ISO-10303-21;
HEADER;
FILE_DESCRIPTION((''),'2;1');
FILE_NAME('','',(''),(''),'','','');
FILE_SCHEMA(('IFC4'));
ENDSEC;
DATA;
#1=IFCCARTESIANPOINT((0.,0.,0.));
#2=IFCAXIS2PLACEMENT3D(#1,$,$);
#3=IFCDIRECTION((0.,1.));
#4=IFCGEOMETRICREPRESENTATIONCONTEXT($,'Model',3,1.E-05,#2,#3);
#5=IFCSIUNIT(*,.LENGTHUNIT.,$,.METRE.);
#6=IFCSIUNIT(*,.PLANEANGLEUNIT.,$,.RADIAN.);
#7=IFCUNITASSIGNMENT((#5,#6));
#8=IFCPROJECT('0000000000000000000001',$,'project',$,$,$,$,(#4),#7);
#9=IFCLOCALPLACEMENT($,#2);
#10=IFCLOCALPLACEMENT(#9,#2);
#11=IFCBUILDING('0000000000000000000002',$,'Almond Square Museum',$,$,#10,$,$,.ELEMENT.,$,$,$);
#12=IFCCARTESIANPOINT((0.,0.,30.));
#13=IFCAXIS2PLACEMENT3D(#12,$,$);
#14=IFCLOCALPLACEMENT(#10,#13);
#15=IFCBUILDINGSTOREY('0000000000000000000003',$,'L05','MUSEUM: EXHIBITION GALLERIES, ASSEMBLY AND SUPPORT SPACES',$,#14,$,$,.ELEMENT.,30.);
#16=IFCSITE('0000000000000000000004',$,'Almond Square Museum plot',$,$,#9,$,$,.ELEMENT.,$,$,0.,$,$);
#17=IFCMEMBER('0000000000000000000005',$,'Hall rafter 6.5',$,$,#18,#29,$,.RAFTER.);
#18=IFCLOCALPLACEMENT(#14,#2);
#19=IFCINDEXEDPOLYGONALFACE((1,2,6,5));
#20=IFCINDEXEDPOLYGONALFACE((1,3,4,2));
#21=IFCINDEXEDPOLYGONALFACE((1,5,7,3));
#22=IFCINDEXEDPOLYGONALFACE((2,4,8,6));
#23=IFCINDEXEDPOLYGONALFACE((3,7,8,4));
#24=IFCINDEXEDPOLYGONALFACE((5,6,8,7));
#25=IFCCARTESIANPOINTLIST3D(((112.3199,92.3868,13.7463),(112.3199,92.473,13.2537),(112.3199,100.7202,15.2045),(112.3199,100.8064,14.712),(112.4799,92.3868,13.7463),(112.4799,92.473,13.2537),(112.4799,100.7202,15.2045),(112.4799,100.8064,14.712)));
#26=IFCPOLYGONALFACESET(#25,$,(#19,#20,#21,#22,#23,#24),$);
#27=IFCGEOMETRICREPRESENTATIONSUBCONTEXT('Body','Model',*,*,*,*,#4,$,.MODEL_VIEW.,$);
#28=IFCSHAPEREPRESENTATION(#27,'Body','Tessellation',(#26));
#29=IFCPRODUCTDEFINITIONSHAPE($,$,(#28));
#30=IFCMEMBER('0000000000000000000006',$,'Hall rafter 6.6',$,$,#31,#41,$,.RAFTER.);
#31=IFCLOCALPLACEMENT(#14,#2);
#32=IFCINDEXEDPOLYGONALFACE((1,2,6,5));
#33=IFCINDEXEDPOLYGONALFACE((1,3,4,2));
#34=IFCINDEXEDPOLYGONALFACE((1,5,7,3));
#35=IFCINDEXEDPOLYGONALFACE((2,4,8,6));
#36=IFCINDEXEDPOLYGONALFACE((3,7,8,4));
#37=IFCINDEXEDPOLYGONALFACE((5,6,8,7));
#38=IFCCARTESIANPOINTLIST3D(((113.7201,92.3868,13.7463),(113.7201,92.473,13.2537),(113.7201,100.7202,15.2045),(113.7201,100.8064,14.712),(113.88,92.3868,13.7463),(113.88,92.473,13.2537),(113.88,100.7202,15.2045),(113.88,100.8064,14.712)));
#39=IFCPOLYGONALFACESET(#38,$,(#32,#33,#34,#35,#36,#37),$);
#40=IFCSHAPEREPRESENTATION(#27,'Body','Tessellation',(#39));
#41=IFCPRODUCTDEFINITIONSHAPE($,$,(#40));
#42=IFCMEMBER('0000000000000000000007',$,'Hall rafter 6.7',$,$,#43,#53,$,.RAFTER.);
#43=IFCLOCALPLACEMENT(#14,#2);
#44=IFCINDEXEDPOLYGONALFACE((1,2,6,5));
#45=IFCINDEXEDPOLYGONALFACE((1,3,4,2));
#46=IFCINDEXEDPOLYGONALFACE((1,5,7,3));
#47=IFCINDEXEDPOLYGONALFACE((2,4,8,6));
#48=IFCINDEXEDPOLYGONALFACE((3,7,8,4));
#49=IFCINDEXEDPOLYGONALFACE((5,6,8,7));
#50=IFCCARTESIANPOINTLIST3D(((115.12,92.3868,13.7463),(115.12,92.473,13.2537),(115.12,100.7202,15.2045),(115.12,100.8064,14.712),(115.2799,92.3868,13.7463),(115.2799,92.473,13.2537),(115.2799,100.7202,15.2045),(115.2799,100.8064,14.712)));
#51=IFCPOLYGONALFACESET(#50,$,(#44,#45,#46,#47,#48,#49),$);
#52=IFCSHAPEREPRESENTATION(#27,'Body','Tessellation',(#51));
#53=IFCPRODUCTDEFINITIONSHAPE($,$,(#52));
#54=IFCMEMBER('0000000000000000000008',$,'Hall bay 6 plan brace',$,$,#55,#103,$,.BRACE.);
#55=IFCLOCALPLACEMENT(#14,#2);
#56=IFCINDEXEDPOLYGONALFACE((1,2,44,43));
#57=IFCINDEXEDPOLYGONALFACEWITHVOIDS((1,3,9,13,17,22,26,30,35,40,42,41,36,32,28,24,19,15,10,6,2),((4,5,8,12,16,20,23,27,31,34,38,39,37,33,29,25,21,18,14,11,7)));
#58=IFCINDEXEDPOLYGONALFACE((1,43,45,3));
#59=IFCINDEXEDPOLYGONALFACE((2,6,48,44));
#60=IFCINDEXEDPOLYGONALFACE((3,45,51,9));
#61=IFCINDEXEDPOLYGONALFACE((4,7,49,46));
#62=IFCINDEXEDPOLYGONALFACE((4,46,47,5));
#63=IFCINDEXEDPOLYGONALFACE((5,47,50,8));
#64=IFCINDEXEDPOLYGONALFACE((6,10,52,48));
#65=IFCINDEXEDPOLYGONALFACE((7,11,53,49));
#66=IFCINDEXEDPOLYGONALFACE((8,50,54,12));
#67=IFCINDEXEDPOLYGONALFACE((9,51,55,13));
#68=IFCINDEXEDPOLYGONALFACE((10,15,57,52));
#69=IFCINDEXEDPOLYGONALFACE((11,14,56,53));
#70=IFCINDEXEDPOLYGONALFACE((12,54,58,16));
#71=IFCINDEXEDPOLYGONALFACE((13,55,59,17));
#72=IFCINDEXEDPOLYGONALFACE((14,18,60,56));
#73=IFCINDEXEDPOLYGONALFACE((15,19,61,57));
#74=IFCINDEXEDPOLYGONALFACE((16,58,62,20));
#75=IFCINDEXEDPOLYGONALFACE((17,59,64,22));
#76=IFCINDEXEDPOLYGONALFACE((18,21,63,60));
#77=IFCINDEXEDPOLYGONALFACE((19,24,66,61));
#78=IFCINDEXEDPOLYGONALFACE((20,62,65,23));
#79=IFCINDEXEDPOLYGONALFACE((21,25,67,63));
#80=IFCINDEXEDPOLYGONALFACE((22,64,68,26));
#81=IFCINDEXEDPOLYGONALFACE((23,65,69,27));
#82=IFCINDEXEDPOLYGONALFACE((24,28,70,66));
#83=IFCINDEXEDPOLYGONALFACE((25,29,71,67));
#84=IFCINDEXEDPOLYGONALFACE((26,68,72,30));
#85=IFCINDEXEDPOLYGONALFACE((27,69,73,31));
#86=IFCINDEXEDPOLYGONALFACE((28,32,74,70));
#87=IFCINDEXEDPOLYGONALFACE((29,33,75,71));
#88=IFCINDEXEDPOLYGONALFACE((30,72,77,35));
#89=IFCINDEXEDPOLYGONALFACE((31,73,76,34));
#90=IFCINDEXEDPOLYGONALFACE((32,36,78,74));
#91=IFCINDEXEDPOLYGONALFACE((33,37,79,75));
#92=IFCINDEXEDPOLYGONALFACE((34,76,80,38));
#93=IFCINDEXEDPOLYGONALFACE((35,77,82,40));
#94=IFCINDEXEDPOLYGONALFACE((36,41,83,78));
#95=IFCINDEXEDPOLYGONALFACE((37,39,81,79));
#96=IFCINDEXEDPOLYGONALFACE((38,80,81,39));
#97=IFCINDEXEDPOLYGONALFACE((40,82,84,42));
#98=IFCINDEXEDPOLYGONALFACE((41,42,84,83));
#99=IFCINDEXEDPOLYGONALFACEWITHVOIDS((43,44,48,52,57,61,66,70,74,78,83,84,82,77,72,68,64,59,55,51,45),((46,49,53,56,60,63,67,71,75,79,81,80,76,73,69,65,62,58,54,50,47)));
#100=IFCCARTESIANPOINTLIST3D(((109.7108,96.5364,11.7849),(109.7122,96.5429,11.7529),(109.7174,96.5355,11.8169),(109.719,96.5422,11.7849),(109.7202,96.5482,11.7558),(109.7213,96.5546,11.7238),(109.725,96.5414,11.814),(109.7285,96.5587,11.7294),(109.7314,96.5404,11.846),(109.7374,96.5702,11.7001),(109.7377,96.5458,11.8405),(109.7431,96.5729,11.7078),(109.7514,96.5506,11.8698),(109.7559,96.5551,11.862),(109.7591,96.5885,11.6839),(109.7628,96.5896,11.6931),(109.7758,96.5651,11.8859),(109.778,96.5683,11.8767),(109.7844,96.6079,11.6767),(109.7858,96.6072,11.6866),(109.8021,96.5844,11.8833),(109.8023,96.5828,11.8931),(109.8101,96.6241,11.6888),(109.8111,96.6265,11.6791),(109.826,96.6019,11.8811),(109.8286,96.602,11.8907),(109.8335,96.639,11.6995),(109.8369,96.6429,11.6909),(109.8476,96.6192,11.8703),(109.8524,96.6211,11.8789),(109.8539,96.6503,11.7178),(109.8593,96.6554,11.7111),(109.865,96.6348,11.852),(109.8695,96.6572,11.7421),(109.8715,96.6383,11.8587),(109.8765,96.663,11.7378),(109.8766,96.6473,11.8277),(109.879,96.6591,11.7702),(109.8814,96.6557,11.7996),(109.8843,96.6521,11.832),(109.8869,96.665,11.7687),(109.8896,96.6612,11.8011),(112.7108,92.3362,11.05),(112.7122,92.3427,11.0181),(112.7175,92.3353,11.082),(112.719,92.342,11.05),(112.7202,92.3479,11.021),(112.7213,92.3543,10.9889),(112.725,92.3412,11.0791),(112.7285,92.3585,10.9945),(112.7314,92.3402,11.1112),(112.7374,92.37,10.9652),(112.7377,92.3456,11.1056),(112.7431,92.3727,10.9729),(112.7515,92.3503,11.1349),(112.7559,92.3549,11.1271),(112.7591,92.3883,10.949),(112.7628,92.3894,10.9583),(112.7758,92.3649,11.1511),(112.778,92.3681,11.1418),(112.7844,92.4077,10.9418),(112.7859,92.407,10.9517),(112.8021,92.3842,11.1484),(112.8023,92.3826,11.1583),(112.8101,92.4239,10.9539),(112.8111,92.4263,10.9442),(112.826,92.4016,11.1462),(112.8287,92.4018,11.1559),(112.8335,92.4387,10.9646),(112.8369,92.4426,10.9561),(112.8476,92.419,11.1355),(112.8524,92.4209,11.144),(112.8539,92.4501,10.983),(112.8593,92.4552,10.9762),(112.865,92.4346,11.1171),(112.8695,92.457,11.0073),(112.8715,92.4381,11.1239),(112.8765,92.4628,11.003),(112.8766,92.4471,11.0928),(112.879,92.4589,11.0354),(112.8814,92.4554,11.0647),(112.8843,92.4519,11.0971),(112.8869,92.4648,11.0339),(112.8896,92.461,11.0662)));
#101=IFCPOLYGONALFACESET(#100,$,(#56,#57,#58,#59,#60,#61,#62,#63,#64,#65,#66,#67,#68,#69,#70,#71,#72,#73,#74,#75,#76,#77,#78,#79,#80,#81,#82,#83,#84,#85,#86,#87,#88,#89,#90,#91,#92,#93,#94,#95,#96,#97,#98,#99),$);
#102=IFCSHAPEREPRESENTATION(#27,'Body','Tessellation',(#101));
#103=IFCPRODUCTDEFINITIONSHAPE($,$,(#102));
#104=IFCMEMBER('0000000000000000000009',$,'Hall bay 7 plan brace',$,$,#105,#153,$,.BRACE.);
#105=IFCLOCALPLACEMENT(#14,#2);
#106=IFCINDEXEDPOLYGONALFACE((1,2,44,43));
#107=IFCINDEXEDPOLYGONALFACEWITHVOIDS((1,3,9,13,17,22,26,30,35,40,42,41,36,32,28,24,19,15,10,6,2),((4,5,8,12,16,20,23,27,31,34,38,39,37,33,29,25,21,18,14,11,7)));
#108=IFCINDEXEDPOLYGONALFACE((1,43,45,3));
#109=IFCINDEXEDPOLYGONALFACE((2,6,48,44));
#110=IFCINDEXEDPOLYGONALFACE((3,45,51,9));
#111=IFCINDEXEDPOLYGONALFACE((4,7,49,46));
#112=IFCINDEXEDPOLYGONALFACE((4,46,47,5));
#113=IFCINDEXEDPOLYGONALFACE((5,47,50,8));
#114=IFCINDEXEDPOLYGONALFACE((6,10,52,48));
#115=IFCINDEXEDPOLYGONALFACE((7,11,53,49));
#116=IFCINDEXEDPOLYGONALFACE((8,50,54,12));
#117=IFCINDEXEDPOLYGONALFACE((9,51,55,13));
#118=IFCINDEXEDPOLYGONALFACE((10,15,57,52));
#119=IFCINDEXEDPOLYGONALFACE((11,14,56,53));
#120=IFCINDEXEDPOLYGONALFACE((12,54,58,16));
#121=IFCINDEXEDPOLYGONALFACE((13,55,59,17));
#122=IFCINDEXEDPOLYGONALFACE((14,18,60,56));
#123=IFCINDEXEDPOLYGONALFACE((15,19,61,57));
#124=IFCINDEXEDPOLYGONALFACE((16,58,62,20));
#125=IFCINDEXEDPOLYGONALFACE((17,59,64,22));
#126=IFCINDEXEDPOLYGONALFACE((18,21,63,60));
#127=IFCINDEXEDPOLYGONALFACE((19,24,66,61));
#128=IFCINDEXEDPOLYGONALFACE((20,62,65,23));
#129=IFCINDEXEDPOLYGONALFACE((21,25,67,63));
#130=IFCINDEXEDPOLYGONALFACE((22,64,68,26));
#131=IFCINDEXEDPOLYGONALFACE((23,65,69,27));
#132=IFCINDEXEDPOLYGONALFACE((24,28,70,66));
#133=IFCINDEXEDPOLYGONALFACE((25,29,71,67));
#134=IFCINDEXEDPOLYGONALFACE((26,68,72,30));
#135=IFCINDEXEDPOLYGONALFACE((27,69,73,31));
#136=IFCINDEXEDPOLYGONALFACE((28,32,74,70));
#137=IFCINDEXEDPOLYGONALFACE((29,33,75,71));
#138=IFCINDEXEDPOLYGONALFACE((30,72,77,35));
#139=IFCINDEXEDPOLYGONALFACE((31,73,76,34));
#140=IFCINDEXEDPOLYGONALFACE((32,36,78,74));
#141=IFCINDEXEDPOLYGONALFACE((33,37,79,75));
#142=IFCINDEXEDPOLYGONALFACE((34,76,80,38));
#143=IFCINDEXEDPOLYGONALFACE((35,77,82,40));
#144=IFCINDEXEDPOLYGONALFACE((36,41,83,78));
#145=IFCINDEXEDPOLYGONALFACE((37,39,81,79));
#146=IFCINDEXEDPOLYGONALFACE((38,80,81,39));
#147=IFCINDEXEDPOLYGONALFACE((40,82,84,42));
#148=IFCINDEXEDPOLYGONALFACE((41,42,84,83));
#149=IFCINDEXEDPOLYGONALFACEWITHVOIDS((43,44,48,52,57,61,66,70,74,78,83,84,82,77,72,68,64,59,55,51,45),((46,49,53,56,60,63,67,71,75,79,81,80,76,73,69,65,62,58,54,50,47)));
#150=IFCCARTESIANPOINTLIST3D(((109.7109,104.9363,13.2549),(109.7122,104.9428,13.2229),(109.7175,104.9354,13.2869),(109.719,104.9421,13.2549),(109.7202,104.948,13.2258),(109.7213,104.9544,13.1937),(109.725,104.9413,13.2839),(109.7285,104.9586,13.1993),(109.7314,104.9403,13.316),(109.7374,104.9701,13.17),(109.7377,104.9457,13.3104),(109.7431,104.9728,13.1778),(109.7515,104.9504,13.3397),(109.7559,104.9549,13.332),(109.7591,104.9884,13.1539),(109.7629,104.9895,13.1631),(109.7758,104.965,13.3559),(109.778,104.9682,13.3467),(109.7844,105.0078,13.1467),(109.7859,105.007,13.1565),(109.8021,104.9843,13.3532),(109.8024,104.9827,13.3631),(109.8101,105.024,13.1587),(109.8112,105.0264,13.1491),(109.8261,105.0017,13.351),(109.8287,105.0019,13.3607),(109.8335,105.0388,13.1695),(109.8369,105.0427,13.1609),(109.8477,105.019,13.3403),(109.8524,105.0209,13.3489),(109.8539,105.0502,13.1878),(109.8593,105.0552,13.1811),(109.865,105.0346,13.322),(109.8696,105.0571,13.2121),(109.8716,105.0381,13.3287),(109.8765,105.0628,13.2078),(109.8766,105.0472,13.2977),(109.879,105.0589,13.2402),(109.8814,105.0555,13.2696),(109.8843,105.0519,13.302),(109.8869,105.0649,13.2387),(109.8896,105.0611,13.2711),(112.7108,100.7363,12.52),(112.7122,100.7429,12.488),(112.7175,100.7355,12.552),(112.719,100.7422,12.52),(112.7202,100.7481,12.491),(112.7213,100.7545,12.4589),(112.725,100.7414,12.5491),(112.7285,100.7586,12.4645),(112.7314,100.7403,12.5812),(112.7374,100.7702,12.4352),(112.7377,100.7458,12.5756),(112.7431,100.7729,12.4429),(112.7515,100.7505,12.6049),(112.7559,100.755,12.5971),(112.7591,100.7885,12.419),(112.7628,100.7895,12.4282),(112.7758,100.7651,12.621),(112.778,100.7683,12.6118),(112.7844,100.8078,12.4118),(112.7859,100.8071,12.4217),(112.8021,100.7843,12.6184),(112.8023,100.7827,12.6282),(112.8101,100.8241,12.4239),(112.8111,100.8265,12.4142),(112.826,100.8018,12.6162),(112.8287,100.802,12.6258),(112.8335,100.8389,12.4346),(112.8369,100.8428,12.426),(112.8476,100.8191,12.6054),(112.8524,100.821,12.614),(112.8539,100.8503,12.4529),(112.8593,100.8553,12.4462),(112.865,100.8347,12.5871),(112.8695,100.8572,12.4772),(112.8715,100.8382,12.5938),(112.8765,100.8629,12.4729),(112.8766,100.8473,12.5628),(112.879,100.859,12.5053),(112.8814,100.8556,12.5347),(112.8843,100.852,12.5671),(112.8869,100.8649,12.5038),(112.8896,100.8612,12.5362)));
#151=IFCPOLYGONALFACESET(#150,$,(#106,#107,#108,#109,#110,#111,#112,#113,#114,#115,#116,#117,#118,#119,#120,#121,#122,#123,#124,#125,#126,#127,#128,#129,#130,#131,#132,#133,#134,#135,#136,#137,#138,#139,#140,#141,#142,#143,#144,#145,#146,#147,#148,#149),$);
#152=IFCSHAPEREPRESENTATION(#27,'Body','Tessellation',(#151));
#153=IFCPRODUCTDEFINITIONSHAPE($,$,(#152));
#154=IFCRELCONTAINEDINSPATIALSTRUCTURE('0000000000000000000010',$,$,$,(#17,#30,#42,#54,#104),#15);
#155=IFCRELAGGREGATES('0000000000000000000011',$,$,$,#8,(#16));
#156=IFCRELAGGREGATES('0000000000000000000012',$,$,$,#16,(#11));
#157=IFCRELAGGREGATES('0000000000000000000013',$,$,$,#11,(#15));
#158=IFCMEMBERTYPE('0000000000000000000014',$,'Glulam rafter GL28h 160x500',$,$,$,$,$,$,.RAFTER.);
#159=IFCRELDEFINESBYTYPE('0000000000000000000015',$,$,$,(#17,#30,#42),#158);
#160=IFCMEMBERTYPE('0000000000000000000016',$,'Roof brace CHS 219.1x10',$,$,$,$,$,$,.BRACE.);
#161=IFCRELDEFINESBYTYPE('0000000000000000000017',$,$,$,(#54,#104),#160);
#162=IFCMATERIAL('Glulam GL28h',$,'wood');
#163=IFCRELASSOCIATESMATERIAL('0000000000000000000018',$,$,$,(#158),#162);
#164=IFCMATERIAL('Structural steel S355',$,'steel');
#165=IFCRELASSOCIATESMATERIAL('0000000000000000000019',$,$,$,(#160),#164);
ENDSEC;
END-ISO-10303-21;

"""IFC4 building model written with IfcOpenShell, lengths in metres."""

from ifc_helpers import new_model, si_unit, direction, frame, origin, origin_2d, place, context, subcontext, project, spatial, rectangle, hollow_circle, extrude, material, material_profile, profile_set, type_object, element, save


model = new_model("IFC4")

# Units and contexts
model_context = context("Model", 3, precision=1e-05, world=origin(), true_north=direction((0.0, 1.0)))
body_context = subcontext(model_context, "Body", "Model", "MODEL_VIEW")
ifc_project = project(units=[si_unit("LENGTHUNIT", "METRE"), si_unit("PLANEANGLEUNIT", "RADIAN")], contexts=[model_context])

# Site, building, storey
site_placement = place(None, origin())
site = spatial("IfcSite", under=ifc_project, at=site_placement, Name="Almond Square Museum plot", CompositionType="ELEMENT", RefElevation=0.0)
building_placement = place(site_placement, origin())
building = spatial("IfcBuilding", under=site, at=building_placement, Name="Almond Square Museum", CompositionType="ELEMENT")
storey_placement = place(building_placement, frame((0.0, 0.0, 30.0)))
storey = spatial("IfcBuildingStorey", under=building, at=storey_placement, Name="L05", Description="MUSEUM: EXHIBITION GALLERIES, ASSEMBLY AND SUPPORT SPACES", CompositionType="ELEMENT", Elevation=30.0)

# Members
ifc_material_1 = material(Name="Glulam GL28h", Category="wood")
ifc_material_profile_1 = material_profile(ifc_material_1, rectangle(XDim=0.1599, YDim=0.5, at=origin_2d()))
ifc_profile_set_1 = profile_set([ifc_material_profile_1], Name="Glulam GL28h")
member_type_1 = type_object("IfcMemberType", Name="Glulam rafter GL28h 160x500", PredefinedType="RAFTER", material=ifc_profile_set_1)
for number, where, z_axis, x_axis, name in (
    (1, (112.3999, 92.4299, 13.5), (0.0, 0.985032, 0.172373), (-1.0, 0.0, 0.0), "Hall rafter 6.5"),
    (2, (113.8, 92.4299, 13.5), (0.0, 0.985032, 0.172373), (-1.0, 0.0, 0.0), "Hall rafter 6.6"),
    (3, (115.2, 92.4299, 13.5), (0.0, 0.985032, 0.172373), (-1.0, 0.0, 0.0), "Hall rafter 6.7"),
):
    element("IfcMember", number, at=place(storey_placement, frame(where, z_axis=z_axis, x_axis=x_axis)), inside=storey, type_object=member_type_1, Name=name, PredefinedType="RAFTER", context=body_context, shape_type="SweptSolid", body=[
        extrude(rectangle(XDim=0.1599, YDim=0.5, at=origin_2d()), origin(), (0.0, 0.0, 1.0), 8.46),
    ])
ifc_material_2 = material(Name="Structural steel S355", Category="steel")
ifc_material_profile_2 = material_profile(ifc_material_2, hollow_circle(Radius=0.1096, WallThickness=0.01, at=origin_2d()))
ifc_profile_set_2 = profile_set([ifc_material_profile_2], Name="Structural steel S355")
member_type_2 = type_object("IfcMemberType", Name="Roof brace CHS 219.1x10", PredefinedType="BRACE", material=ifc_profile_set_2)
member_1_placement = place(storey_placement, frame((112.8, 92.3999, 11.05), z_axis=(-0.575418, 0.805622, 0.140951), x_axis=(-0.813746, -0.58122, 0.0)))
element("IfcMember", 4, at=member_1_placement, inside=storey, type_object=member_type_2, Name="Hall bay 6 plan brace", PredefinedType="BRACE", context=body_context, shape_type="SweptSolid", body=[
    extrude(hollow_circle(Radius=0.1096, WallThickness=0.01, at=origin_2d()), origin(), (0.0, 0.0, 1.0), 5.2136),
])
member_2_placement = place(storey_placement, frame((112.8, 100.8, 12.52), z_axis=(-0.575439, 0.805606, 0.140956), x_axis=(-0.81373, -0.581243, 0.0)))
element("IfcMember", 5, at=member_2_placement, inside=storey, type_object=member_type_2, Name="Hall bay 7 plan brace", PredefinedType="BRACE", context=body_context, shape_type="SweptSolid", body=[
    extrude(hollow_circle(Radius=0.1096, WallThickness=0.01, at=origin_2d()), origin(), (0.0, 0.0, 1.0), 5.2134),
])

save(model, "model.ifc")
